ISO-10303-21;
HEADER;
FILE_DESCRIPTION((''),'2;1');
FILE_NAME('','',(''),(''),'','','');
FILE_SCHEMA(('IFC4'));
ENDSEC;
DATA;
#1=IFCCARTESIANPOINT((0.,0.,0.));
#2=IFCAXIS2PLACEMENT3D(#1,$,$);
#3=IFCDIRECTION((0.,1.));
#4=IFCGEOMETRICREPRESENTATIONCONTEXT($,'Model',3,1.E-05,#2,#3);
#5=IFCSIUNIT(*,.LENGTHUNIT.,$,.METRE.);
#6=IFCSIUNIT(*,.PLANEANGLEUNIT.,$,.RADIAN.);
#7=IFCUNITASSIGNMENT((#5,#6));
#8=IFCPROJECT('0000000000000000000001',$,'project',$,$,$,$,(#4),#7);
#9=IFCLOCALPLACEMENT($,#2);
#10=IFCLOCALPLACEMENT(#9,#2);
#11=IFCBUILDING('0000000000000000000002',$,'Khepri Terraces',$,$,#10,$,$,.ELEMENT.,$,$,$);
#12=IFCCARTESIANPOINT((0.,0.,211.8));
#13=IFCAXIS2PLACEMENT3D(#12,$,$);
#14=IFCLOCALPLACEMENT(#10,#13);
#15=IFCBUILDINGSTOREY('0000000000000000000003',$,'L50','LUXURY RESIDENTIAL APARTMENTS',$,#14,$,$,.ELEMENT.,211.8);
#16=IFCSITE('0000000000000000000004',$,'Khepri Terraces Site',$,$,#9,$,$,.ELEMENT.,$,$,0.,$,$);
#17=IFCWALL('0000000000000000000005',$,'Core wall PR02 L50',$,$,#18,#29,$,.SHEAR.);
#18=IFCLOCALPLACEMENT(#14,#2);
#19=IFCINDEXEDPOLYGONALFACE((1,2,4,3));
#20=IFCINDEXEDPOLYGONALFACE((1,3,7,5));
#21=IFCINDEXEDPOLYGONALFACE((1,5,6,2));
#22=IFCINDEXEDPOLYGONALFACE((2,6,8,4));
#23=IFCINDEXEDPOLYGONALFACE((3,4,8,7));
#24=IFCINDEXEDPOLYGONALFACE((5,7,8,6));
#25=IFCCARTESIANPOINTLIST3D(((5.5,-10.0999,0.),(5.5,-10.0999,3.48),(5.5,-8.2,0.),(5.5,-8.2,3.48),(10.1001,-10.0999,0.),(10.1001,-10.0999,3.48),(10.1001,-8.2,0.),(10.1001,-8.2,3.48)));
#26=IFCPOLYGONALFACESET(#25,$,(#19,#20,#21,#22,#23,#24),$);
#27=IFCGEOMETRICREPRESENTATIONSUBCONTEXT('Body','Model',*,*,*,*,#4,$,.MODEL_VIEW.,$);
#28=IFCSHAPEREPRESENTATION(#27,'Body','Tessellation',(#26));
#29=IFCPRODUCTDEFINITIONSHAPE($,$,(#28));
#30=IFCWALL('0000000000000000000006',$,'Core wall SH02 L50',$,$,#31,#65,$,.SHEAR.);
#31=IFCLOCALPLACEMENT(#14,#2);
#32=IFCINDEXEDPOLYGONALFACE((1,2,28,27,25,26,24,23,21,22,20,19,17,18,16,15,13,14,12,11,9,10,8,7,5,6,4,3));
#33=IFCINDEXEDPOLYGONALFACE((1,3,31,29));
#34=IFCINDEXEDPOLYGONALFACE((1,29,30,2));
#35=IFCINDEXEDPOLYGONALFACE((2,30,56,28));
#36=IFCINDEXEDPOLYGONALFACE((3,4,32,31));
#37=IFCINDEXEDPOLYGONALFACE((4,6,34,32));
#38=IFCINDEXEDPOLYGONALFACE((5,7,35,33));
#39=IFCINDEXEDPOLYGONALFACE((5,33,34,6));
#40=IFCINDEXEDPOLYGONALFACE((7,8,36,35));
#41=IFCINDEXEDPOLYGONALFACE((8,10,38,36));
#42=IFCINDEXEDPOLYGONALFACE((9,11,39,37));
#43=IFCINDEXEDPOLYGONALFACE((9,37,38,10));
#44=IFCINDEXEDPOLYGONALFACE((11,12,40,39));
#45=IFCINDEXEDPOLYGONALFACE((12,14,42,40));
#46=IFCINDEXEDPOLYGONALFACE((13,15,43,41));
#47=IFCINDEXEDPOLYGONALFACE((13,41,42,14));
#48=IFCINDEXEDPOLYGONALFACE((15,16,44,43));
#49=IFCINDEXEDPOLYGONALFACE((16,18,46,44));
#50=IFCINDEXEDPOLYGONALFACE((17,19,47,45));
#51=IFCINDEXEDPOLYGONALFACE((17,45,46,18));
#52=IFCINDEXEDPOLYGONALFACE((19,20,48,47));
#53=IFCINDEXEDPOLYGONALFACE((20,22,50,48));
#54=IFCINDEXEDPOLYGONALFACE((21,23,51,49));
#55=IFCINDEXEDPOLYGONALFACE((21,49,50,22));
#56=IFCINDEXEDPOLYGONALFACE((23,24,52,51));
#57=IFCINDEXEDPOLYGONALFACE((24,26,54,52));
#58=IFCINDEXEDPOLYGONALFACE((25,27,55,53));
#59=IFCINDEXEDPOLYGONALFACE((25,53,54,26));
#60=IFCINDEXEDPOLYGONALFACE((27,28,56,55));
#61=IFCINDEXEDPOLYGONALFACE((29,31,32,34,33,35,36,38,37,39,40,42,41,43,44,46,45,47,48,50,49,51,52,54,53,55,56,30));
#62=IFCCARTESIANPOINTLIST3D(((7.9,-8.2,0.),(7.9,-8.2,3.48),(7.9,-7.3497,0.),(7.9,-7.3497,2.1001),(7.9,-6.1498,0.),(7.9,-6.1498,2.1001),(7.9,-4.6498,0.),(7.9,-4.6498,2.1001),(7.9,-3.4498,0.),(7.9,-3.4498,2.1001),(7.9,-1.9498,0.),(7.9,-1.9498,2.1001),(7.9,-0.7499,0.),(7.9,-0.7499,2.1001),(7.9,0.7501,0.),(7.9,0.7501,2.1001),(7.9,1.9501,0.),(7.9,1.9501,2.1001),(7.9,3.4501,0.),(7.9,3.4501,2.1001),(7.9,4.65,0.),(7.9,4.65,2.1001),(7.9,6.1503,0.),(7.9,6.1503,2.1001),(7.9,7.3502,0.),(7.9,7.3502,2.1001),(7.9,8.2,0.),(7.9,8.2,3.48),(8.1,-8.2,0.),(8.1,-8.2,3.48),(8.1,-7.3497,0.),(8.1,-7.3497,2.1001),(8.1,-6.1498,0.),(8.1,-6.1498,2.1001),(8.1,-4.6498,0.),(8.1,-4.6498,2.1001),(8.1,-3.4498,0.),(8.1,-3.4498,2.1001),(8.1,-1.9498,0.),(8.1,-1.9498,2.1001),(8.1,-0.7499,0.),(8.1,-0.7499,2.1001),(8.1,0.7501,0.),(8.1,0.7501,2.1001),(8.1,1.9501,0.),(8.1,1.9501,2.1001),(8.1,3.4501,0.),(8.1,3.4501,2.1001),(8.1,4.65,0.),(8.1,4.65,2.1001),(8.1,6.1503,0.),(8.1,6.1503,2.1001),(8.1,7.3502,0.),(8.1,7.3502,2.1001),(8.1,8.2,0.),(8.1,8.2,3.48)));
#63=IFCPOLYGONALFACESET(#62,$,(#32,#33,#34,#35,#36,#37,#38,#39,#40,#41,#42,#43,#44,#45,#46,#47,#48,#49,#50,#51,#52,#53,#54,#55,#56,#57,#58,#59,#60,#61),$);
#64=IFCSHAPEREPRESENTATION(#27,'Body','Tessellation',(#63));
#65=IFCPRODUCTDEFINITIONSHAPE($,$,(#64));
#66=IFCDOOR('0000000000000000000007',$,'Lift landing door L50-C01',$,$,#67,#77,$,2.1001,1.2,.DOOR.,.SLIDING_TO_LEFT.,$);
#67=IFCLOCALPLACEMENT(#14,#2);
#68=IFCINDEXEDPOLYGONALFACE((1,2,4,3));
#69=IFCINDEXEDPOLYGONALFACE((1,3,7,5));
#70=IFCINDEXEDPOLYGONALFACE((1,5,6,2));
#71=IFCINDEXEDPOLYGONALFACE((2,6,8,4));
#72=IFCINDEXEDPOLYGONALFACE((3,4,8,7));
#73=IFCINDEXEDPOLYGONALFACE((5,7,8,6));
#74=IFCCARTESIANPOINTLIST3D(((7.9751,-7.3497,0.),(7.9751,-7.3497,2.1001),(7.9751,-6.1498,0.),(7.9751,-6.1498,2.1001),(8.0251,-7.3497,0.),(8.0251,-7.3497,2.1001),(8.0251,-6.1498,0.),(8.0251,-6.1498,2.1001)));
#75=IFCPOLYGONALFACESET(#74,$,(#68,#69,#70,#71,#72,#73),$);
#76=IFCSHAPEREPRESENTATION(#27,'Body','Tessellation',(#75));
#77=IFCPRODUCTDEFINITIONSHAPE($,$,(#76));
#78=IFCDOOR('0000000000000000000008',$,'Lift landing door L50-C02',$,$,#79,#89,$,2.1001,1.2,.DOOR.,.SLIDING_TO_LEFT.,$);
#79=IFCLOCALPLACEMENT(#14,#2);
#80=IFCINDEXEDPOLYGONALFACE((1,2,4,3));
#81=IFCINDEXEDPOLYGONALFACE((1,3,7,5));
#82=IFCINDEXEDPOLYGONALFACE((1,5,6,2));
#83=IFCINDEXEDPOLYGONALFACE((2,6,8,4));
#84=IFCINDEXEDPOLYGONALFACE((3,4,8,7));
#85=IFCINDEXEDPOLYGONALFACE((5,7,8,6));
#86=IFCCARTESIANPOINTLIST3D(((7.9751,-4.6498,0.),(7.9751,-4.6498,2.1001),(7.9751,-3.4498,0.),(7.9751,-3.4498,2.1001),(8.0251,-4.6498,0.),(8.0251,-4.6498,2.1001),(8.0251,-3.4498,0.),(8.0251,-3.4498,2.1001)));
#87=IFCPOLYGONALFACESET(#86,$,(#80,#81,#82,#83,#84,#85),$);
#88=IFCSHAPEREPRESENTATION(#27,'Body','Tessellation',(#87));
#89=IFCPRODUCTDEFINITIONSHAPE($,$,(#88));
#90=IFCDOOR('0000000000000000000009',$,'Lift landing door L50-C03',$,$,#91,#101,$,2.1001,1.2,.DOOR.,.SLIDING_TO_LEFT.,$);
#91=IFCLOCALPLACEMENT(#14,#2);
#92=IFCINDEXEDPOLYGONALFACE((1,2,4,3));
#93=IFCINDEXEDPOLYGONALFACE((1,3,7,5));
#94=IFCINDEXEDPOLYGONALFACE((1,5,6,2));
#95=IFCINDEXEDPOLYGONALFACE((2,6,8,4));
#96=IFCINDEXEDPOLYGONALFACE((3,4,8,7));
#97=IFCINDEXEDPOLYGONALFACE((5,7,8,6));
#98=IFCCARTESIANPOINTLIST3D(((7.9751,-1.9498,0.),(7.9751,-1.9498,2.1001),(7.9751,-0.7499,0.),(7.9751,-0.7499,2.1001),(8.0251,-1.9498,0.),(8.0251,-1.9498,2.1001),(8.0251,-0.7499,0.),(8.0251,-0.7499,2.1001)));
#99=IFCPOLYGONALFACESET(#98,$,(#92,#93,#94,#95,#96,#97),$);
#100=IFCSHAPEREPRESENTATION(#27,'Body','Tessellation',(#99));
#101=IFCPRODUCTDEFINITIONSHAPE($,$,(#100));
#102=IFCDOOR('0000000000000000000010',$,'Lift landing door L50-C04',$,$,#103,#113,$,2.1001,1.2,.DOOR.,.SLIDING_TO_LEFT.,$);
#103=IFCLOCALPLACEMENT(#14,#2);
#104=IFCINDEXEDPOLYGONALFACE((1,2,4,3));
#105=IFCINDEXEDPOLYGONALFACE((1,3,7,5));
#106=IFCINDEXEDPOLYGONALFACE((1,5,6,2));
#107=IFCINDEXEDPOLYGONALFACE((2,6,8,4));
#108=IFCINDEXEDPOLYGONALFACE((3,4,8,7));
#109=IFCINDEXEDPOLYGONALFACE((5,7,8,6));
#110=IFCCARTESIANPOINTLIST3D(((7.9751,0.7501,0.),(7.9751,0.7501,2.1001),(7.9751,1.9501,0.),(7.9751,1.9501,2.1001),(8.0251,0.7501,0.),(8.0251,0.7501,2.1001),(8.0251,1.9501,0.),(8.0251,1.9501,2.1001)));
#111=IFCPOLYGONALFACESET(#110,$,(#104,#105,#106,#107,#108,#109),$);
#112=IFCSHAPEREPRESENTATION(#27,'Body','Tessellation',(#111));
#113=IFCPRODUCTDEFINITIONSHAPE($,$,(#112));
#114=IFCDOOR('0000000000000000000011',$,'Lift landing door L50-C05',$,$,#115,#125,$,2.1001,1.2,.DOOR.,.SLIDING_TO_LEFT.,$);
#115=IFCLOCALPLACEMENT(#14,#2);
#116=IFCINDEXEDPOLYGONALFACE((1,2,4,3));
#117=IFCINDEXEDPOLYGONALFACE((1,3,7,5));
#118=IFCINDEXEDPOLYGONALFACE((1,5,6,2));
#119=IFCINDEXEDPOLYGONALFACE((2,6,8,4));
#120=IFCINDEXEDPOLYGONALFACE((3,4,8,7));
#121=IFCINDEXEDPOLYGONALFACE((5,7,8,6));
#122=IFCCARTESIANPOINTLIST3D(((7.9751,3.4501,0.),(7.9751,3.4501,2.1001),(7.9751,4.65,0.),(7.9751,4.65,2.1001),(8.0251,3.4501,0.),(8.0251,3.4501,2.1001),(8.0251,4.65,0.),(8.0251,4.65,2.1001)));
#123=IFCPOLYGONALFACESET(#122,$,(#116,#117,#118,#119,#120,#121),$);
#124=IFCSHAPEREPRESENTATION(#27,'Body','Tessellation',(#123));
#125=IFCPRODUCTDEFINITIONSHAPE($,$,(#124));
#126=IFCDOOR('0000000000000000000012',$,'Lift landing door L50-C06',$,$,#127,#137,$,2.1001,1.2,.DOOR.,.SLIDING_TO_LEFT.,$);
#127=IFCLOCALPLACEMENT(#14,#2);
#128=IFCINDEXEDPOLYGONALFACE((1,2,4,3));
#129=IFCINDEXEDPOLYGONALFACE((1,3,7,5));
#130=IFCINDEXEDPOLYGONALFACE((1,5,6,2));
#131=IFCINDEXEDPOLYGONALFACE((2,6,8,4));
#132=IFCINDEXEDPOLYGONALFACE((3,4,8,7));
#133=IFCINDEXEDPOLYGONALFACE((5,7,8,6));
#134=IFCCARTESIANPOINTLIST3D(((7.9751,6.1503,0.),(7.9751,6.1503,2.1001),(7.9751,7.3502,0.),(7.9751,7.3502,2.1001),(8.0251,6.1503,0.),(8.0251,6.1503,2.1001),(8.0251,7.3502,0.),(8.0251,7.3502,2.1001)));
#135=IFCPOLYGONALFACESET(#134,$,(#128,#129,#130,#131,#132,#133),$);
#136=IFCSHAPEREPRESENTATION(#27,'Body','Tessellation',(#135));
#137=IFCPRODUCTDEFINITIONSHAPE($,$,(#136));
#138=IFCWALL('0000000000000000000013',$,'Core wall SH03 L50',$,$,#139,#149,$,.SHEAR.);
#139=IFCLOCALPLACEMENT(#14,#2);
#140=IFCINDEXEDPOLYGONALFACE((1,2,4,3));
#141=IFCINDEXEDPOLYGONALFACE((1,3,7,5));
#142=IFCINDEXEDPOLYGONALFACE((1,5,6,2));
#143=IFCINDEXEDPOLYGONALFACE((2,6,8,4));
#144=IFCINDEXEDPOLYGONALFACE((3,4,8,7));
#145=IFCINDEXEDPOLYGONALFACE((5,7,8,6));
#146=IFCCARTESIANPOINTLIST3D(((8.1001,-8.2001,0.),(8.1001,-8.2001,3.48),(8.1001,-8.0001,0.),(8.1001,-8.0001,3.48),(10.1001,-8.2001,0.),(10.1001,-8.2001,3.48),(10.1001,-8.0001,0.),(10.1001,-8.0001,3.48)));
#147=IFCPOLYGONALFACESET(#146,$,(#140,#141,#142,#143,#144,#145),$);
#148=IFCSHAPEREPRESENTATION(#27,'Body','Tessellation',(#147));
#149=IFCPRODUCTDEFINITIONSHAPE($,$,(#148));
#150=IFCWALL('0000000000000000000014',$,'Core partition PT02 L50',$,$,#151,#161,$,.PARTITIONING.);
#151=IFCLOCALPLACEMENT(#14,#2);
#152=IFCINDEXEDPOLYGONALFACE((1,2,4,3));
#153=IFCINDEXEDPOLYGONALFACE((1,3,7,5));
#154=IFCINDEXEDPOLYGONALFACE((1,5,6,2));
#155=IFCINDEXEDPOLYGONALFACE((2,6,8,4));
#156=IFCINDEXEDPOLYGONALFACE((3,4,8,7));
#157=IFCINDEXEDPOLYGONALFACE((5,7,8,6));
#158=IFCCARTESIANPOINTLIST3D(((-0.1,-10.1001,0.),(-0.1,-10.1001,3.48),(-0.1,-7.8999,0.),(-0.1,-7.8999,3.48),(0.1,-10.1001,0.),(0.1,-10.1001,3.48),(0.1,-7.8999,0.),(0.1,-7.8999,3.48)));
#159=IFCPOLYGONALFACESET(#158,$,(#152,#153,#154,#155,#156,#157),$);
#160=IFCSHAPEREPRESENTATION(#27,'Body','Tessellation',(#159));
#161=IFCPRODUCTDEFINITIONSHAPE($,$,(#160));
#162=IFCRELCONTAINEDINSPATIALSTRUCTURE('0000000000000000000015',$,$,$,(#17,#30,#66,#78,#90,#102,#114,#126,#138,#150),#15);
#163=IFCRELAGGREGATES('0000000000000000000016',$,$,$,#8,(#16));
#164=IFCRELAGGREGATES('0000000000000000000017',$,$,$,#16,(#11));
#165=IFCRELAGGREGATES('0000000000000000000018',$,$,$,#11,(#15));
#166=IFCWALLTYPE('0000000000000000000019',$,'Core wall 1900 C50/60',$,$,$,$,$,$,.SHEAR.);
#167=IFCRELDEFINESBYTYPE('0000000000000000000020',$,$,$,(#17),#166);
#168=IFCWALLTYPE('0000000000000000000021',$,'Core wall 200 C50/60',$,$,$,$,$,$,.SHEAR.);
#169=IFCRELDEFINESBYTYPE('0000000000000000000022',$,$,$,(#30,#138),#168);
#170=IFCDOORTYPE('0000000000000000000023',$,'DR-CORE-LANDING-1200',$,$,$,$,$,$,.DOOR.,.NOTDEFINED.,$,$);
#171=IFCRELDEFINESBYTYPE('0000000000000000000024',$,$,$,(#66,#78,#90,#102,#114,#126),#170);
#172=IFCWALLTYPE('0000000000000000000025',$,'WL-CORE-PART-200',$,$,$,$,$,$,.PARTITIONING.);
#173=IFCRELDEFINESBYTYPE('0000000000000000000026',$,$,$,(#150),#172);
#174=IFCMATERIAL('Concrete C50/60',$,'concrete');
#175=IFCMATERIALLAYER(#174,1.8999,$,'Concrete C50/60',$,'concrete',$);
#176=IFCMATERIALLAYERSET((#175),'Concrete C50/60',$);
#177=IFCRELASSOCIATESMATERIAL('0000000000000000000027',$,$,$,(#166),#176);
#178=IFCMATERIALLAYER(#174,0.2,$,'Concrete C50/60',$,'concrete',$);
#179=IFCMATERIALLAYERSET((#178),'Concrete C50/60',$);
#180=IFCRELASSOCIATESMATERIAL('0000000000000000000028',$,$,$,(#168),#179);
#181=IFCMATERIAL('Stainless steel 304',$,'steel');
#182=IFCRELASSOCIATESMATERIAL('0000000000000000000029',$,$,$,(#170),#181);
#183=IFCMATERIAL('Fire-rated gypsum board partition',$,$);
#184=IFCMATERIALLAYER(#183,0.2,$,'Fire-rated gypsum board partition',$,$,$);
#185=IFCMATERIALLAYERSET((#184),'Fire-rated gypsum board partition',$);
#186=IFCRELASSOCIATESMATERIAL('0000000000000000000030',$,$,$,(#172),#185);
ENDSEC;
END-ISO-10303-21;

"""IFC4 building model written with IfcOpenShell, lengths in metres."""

from ifc_helpers import new_model, si_unit, direction, frame, frame_2d, origin, place, context, subcontext, project, spatial, rectangle, extrude, material, layer, layer_set, type_object, element, fill, save


model = new_model("IFC4")

# Units and contexts
model_context = context("Model", 3, precision=1e-05, world=origin(), true_north=direction((0.0, 1.0)))
body_context = subcontext(model_context, "Body", "Model", "MODEL_VIEW")
ifc_project = project(units=[si_unit("LENGTHUNIT", "METRE"), si_unit("PLANEANGLEUNIT", "RADIAN")], contexts=[model_context])

# Site, building, storey
site_placement = place(None, origin())
site = spatial("IfcSite", under=ifc_project, at=site_placement, Name="Khepri Terraces Site", CompositionType="ELEMENT", RefElevation=0.0)
building_placement = place(site_placement, origin())
building = spatial("IfcBuilding", under=site, at=building_placement, Name="Khepri Terraces", CompositionType="ELEMENT")
storey_placement = place(building_placement, frame((0.0, 0.0, 211.8)))
storey = spatial("IfcBuildingStorey", under=building, at=storey_placement, Name="L50", Description="LUXURY RESIDENTIAL APARTMENTS", CompositionType="ELEMENT", Elevation=211.8)

# Wall
ifc_material_1 = material(Name="Concrete C50/60", Category="concrete")
ifc_layer_1 = layer(ifc_material_1, 1.8999, Name="Concrete C50/60", Category="concrete")
ifc_layer_set_1 = layer_set([ifc_layer_1], Name="Concrete C50/60")
wall_type_1 = type_object("IfcWallType", Name="Core wall 1900 C50/60", PredefinedType="SHEAR", material=ifc_layer_set_1)
wall_1_placement = place(storey_placement, frame((5.5, -9.1499, 0.0), z_axis=(0.0, 0.0, 1.0), x_axis=(1.0, 0.0, 0.0)))
element("IfcWall", 1, at=wall_1_placement, inside=storey, type_object=wall_type_1, Name="Core wall PR02 L50", PredefinedType="SHEAR", context=body_context, shape_type="SweptSolid", body=[
    extrude(rectangle(XDim=4.6001, YDim=1.8999, at=frame_2d((2.3, 0.0))), origin(), (0.0, 0.0, 1.0), 3.48),
])

# Wall, openings, doors
ifc_layer_2 = layer(ifc_material_1, 0.2, Name="Concrete C50/60", Category="concrete")
ifc_layer_set_2 = layer_set([ifc_layer_2], Name="Concrete C50/60")
wall_type_2 = type_object("IfcWallType", Name="Core wall 200 C50/60", PredefinedType="SHEAR", material=ifc_layer_set_2)
wall_2_placement = place(storey_placement, frame((8.0, -8.2, 0.0), z_axis=(0.0, 0.0, 1.0), x_axis=(0.0, 1.0, 0.0)))
wall_2 = element("IfcWall", 2, at=wall_2_placement, inside=storey, type_object=wall_type_2, Name="Core wall SH02 L50", PredefinedType="SHEAR", context=body_context, shape_type="SweptSolid", body=[
    extrude(rectangle(XDim=16.3999, YDim=0.2, at=frame_2d((8.2, 0.0))), origin(), (0.0, 0.0, 1.0), 3.48),
])
opening_1_placement = place(wall_2_placement, frame((0.8501, 0.0, 0.0)))
opening_1 = element("IfcOpeningElement", 3, at=opening_1_placement, cuts=wall_2, PredefinedType="OPENING", context=body_context, shape_type="SweptSolid", body=[
    extrude(rectangle(XDim=1.2, YDim=2.1001, at=frame_2d((0.6001, 1.05))), frame((0.0, 0.1099, 0.0), z_axis=(0.0, -1.0, 0.0), x_axis=(1.0, 0.0, 0.0)), (0.0, 0.0, 1.0), 0.22),
])
opening_2_placement = place(wall_2_placement, frame((3.55, 0.0, 0.0)))
opening_2 = element("IfcOpeningElement", 4, at=opening_2_placement, cuts=wall_2, PredefinedType="OPENING", context=body_context, shape_type="SweptSolid", body=[
    extrude(rectangle(XDim=1.2, YDim=2.1001, at=frame_2d((0.6001, 1.05))), frame((0.0, 0.1099, 0.0), z_axis=(0.0, -1.0, 0.0), x_axis=(1.0, 0.0, 0.0)), (0.0, 0.0, 1.0), 0.22),
])
opening_3_placement = place(wall_2_placement, frame((6.25, 0.0, 0.0)))
opening_3 = element("IfcOpeningElement", 5, at=opening_3_placement, cuts=wall_2, PredefinedType="OPENING", context=body_context, shape_type="SweptSolid", body=[
    extrude(rectangle(XDim=1.2, YDim=2.1001, at=frame_2d((0.6001, 1.05))), frame((0.0, 0.1099, 0.0), z_axis=(0.0, -1.0, 0.0), x_axis=(1.0, 0.0, 0.0)), (0.0, 0.0, 1.0), 0.22),
])
opening_4_placement = place(wall_2_placement, frame((8.95, 0.0, 0.0)))
opening_4 = element("IfcOpeningElement", 6, at=opening_4_placement, cuts=wall_2, PredefinedType="OPENING", context=body_context, shape_type="SweptSolid", body=[
    extrude(rectangle(XDim=1.2, YDim=2.1001, at=frame_2d((0.6001, 1.05))), frame((0.0, 0.1099, 0.0), z_axis=(0.0, -1.0, 0.0), x_axis=(1.0, 0.0, 0.0)), (0.0, 0.0, 1.0), 0.22),
])
opening_5_placement = place(wall_2_placement, frame((11.6499, 0.0, 0.0)))
opening_5 = element("IfcOpeningElement", 7, at=opening_5_placement, cuts=wall_2, PredefinedType="OPENING", context=body_context, shape_type="SweptSolid", body=[
    extrude(rectangle(XDim=1.2, YDim=2.1001, at=frame_2d((0.6001, 1.05))), frame((0.0, 0.1099, 0.0), z_axis=(0.0, -1.0, 0.0), x_axis=(1.0, 0.0, 0.0)), (0.0, 0.0, 1.0), 0.22),
])
opening_6_placement = place(wall_2_placement, frame((14.3501, 0.0, 0.0)))
opening_6 = element("IfcOpeningElement", 8, at=opening_6_placement, cuts=wall_2, PredefinedType="OPENING", context=body_context, shape_type="SweptSolid", body=[
    extrude(rectangle(XDim=1.2, YDim=2.1001, at=frame_2d((0.6001, 1.05))), frame((0.0, 0.1099, 0.0), z_axis=(0.0, -1.0, 0.0), x_axis=(1.0, 0.0, 0.0)), (0.0, 0.0, 1.0), 0.22),
])
ifc_material_2 = material(Name="Stainless steel 304", Category="steel")
door_type_1 = type_object("IfcDoorType", Name="DR-CORE-LANDING-1200", OperationType="NOTDEFINED", PredefinedType="DOOR", material=ifc_material_2)
door_1_placement = place(opening_1_placement, origin())
door_1 = element("IfcDoor", 9, at=door_1_placement, inside=storey, type_object=door_type_1, Name="Lift landing door L50-C01", OperationType="SLIDING_TO_LEFT", OverallHeight=2.1001, OverallWidth=1.2, PredefinedType="DOOR", context=body_context, shape_type="SweptSolid", body=[
    extrude(rectangle(XDim=1.2, YDim=2.1001, at=frame_2d((0.6001, 1.05))), frame((0.0, 0.0249, 0.0), z_axis=(0.0, -1.0, 0.0), x_axis=(1.0, 0.0, 0.0)), (0.0, 0.0, 1.0), 0.05),
])
fill(opening_1, door_1)
door_2_placement = place(opening_2_placement, origin())
door_2 = element("IfcDoor", 10, at=door_2_placement, inside=storey, type_object=door_type_1, Name="Lift landing door L50-C02", OperationType="SLIDING_TO_LEFT", OverallHeight=2.1001, OverallWidth=1.2, PredefinedType="DOOR", context=body_context, shape_type="SweptSolid", body=[
    extrude(rectangle(XDim=1.2, YDim=2.1001, at=frame_2d((0.6001, 1.05))), frame((0.0, 0.0249, 0.0), z_axis=(0.0, -1.0, 0.0), x_axis=(1.0, 0.0, 0.0)), (0.0, 0.0, 1.0), 0.05),
])
fill(opening_2, door_2)
door_3_placement = place(opening_3_placement, origin())
door_3 = element("IfcDoor", 11, at=door_3_placement, inside=storey, type_object=door_type_1, Name="Lift landing door L50-C03", OperationType="SLIDING_TO_LEFT", OverallHeight=2.1001, OverallWidth=1.2, PredefinedType="DOOR", context=body_context, shape_type="SweptSolid", body=[
    extrude(rectangle(XDim=1.2, YDim=2.1001, at=frame_2d((0.6001, 1.05))), frame((0.0, 0.0249, 0.0), z_axis=(0.0, -1.0, 0.0), x_axis=(1.0, 0.0, 0.0)), (0.0, 0.0, 1.0), 0.05),
])
fill(opening_3, door_3)
door_4_placement = place(opening_4_placement, origin())
door_4 = element("IfcDoor", 12, at=door_4_placement, inside=storey, type_object=door_type_1, Name="Lift landing door L50-C04", OperationType="SLIDING_TO_LEFT", OverallHeight=2.1001, OverallWidth=1.2, PredefinedType="DOOR", context=body_context, shape_type="SweptSolid", body=[
    extrude(rectangle(XDim=1.2, YDim=2.1001, at=frame_2d((0.6001, 1.05))), frame((0.0, 0.0249, 0.0), z_axis=(0.0, -1.0, 0.0), x_axis=(1.0, 0.0, 0.0)), (0.0, 0.0, 1.0), 0.05),
])
fill(opening_4, door_4)
door_5_placement = place(opening_5_placement, origin())
door_5 = element("IfcDoor", 13, at=door_5_placement, inside=storey, type_object=door_type_1, Name="Lift landing door L50-C05", OperationType="SLIDING_TO_LEFT", OverallHeight=2.1001, OverallWidth=1.2, PredefinedType="DOOR", context=body_context, shape_type="SweptSolid", body=[
    extrude(rectangle(XDim=1.2, YDim=2.1001, at=frame_2d((0.6001, 1.05))), frame((0.0, 0.0249, 0.0), z_axis=(0.0, -1.0, 0.0), x_axis=(1.0, 0.0, 0.0)), (0.0, 0.0, 1.0), 0.05),
])
fill(opening_5, door_5)
door_6_placement = place(opening_6_placement, origin())
door_6 = element("IfcDoor", 14, at=door_6_placement, inside=storey, type_object=door_type_1, Name="Lift landing door L50-C06", OperationType="SLIDING_TO_LEFT", OverallHeight=2.1001, OverallWidth=1.2, PredefinedType="DOOR", context=body_context, shape_type="SweptSolid", body=[
    extrude(rectangle(XDim=1.2, YDim=2.1001, at=frame_2d((0.6001, 1.05))), frame((0.0, 0.0249, 0.0), z_axis=(0.0, -1.0, 0.0), x_axis=(1.0, 0.0, 0.0)), (0.0, 0.0, 1.0), 0.05),
])
fill(opening_6, door_6)

# Walls
wall_3_placement = place(storey_placement, frame((8.1001, -8.1001, 0.0), z_axis=(0.0, 0.0, 1.0), x_axis=(1.0, 0.0, 0.0)))
element("IfcWall", 15, at=wall_3_placement, inside=storey, type_object=wall_type_2, Name="Core wall SH03 L50", PredefinedType="SHEAR", context=body_context, shape_type="SweptSolid", body=[
    extrude(rectangle(XDim=2.0, YDim=0.2, at=frame_2d((1.0, 0.0))), origin(), (0.0, 0.0, 1.0), 3.48),
])
ifc_material_3 = material(Name="Fire-rated gypsum board partition")
ifc_layer_3 = layer(ifc_material_3, 0.2, Name="Fire-rated gypsum board partition")
ifc_layer_set_3 = layer_set([ifc_layer_3], Name="Fire-rated gypsum board partition")
wall_type_3 = type_object("IfcWallType", Name="WL-CORE-PART-200", PredefinedType="PARTITIONING", material=ifc_layer_set_3)
wall_4_placement = place(storey_placement, frame((0.0, -10.1001, 0.0), z_axis=(0.0, 0.0, 1.0), x_axis=(0.0, 1.0, 0.0)))
element("IfcWall", 16, at=wall_4_placement, inside=storey, type_object=wall_type_3, Name="Core partition PT02 L50", PredefinedType="PARTITIONING", context=body_context, shape_type="SweptSolid", body=[
    extrude(rectangle(XDim=2.2002, YDim=0.2, at=frame_2d((1.1001, 0.0))), origin(), (0.0, 0.0, 1.0), 3.48),
])

save(model, "model.ifc")
